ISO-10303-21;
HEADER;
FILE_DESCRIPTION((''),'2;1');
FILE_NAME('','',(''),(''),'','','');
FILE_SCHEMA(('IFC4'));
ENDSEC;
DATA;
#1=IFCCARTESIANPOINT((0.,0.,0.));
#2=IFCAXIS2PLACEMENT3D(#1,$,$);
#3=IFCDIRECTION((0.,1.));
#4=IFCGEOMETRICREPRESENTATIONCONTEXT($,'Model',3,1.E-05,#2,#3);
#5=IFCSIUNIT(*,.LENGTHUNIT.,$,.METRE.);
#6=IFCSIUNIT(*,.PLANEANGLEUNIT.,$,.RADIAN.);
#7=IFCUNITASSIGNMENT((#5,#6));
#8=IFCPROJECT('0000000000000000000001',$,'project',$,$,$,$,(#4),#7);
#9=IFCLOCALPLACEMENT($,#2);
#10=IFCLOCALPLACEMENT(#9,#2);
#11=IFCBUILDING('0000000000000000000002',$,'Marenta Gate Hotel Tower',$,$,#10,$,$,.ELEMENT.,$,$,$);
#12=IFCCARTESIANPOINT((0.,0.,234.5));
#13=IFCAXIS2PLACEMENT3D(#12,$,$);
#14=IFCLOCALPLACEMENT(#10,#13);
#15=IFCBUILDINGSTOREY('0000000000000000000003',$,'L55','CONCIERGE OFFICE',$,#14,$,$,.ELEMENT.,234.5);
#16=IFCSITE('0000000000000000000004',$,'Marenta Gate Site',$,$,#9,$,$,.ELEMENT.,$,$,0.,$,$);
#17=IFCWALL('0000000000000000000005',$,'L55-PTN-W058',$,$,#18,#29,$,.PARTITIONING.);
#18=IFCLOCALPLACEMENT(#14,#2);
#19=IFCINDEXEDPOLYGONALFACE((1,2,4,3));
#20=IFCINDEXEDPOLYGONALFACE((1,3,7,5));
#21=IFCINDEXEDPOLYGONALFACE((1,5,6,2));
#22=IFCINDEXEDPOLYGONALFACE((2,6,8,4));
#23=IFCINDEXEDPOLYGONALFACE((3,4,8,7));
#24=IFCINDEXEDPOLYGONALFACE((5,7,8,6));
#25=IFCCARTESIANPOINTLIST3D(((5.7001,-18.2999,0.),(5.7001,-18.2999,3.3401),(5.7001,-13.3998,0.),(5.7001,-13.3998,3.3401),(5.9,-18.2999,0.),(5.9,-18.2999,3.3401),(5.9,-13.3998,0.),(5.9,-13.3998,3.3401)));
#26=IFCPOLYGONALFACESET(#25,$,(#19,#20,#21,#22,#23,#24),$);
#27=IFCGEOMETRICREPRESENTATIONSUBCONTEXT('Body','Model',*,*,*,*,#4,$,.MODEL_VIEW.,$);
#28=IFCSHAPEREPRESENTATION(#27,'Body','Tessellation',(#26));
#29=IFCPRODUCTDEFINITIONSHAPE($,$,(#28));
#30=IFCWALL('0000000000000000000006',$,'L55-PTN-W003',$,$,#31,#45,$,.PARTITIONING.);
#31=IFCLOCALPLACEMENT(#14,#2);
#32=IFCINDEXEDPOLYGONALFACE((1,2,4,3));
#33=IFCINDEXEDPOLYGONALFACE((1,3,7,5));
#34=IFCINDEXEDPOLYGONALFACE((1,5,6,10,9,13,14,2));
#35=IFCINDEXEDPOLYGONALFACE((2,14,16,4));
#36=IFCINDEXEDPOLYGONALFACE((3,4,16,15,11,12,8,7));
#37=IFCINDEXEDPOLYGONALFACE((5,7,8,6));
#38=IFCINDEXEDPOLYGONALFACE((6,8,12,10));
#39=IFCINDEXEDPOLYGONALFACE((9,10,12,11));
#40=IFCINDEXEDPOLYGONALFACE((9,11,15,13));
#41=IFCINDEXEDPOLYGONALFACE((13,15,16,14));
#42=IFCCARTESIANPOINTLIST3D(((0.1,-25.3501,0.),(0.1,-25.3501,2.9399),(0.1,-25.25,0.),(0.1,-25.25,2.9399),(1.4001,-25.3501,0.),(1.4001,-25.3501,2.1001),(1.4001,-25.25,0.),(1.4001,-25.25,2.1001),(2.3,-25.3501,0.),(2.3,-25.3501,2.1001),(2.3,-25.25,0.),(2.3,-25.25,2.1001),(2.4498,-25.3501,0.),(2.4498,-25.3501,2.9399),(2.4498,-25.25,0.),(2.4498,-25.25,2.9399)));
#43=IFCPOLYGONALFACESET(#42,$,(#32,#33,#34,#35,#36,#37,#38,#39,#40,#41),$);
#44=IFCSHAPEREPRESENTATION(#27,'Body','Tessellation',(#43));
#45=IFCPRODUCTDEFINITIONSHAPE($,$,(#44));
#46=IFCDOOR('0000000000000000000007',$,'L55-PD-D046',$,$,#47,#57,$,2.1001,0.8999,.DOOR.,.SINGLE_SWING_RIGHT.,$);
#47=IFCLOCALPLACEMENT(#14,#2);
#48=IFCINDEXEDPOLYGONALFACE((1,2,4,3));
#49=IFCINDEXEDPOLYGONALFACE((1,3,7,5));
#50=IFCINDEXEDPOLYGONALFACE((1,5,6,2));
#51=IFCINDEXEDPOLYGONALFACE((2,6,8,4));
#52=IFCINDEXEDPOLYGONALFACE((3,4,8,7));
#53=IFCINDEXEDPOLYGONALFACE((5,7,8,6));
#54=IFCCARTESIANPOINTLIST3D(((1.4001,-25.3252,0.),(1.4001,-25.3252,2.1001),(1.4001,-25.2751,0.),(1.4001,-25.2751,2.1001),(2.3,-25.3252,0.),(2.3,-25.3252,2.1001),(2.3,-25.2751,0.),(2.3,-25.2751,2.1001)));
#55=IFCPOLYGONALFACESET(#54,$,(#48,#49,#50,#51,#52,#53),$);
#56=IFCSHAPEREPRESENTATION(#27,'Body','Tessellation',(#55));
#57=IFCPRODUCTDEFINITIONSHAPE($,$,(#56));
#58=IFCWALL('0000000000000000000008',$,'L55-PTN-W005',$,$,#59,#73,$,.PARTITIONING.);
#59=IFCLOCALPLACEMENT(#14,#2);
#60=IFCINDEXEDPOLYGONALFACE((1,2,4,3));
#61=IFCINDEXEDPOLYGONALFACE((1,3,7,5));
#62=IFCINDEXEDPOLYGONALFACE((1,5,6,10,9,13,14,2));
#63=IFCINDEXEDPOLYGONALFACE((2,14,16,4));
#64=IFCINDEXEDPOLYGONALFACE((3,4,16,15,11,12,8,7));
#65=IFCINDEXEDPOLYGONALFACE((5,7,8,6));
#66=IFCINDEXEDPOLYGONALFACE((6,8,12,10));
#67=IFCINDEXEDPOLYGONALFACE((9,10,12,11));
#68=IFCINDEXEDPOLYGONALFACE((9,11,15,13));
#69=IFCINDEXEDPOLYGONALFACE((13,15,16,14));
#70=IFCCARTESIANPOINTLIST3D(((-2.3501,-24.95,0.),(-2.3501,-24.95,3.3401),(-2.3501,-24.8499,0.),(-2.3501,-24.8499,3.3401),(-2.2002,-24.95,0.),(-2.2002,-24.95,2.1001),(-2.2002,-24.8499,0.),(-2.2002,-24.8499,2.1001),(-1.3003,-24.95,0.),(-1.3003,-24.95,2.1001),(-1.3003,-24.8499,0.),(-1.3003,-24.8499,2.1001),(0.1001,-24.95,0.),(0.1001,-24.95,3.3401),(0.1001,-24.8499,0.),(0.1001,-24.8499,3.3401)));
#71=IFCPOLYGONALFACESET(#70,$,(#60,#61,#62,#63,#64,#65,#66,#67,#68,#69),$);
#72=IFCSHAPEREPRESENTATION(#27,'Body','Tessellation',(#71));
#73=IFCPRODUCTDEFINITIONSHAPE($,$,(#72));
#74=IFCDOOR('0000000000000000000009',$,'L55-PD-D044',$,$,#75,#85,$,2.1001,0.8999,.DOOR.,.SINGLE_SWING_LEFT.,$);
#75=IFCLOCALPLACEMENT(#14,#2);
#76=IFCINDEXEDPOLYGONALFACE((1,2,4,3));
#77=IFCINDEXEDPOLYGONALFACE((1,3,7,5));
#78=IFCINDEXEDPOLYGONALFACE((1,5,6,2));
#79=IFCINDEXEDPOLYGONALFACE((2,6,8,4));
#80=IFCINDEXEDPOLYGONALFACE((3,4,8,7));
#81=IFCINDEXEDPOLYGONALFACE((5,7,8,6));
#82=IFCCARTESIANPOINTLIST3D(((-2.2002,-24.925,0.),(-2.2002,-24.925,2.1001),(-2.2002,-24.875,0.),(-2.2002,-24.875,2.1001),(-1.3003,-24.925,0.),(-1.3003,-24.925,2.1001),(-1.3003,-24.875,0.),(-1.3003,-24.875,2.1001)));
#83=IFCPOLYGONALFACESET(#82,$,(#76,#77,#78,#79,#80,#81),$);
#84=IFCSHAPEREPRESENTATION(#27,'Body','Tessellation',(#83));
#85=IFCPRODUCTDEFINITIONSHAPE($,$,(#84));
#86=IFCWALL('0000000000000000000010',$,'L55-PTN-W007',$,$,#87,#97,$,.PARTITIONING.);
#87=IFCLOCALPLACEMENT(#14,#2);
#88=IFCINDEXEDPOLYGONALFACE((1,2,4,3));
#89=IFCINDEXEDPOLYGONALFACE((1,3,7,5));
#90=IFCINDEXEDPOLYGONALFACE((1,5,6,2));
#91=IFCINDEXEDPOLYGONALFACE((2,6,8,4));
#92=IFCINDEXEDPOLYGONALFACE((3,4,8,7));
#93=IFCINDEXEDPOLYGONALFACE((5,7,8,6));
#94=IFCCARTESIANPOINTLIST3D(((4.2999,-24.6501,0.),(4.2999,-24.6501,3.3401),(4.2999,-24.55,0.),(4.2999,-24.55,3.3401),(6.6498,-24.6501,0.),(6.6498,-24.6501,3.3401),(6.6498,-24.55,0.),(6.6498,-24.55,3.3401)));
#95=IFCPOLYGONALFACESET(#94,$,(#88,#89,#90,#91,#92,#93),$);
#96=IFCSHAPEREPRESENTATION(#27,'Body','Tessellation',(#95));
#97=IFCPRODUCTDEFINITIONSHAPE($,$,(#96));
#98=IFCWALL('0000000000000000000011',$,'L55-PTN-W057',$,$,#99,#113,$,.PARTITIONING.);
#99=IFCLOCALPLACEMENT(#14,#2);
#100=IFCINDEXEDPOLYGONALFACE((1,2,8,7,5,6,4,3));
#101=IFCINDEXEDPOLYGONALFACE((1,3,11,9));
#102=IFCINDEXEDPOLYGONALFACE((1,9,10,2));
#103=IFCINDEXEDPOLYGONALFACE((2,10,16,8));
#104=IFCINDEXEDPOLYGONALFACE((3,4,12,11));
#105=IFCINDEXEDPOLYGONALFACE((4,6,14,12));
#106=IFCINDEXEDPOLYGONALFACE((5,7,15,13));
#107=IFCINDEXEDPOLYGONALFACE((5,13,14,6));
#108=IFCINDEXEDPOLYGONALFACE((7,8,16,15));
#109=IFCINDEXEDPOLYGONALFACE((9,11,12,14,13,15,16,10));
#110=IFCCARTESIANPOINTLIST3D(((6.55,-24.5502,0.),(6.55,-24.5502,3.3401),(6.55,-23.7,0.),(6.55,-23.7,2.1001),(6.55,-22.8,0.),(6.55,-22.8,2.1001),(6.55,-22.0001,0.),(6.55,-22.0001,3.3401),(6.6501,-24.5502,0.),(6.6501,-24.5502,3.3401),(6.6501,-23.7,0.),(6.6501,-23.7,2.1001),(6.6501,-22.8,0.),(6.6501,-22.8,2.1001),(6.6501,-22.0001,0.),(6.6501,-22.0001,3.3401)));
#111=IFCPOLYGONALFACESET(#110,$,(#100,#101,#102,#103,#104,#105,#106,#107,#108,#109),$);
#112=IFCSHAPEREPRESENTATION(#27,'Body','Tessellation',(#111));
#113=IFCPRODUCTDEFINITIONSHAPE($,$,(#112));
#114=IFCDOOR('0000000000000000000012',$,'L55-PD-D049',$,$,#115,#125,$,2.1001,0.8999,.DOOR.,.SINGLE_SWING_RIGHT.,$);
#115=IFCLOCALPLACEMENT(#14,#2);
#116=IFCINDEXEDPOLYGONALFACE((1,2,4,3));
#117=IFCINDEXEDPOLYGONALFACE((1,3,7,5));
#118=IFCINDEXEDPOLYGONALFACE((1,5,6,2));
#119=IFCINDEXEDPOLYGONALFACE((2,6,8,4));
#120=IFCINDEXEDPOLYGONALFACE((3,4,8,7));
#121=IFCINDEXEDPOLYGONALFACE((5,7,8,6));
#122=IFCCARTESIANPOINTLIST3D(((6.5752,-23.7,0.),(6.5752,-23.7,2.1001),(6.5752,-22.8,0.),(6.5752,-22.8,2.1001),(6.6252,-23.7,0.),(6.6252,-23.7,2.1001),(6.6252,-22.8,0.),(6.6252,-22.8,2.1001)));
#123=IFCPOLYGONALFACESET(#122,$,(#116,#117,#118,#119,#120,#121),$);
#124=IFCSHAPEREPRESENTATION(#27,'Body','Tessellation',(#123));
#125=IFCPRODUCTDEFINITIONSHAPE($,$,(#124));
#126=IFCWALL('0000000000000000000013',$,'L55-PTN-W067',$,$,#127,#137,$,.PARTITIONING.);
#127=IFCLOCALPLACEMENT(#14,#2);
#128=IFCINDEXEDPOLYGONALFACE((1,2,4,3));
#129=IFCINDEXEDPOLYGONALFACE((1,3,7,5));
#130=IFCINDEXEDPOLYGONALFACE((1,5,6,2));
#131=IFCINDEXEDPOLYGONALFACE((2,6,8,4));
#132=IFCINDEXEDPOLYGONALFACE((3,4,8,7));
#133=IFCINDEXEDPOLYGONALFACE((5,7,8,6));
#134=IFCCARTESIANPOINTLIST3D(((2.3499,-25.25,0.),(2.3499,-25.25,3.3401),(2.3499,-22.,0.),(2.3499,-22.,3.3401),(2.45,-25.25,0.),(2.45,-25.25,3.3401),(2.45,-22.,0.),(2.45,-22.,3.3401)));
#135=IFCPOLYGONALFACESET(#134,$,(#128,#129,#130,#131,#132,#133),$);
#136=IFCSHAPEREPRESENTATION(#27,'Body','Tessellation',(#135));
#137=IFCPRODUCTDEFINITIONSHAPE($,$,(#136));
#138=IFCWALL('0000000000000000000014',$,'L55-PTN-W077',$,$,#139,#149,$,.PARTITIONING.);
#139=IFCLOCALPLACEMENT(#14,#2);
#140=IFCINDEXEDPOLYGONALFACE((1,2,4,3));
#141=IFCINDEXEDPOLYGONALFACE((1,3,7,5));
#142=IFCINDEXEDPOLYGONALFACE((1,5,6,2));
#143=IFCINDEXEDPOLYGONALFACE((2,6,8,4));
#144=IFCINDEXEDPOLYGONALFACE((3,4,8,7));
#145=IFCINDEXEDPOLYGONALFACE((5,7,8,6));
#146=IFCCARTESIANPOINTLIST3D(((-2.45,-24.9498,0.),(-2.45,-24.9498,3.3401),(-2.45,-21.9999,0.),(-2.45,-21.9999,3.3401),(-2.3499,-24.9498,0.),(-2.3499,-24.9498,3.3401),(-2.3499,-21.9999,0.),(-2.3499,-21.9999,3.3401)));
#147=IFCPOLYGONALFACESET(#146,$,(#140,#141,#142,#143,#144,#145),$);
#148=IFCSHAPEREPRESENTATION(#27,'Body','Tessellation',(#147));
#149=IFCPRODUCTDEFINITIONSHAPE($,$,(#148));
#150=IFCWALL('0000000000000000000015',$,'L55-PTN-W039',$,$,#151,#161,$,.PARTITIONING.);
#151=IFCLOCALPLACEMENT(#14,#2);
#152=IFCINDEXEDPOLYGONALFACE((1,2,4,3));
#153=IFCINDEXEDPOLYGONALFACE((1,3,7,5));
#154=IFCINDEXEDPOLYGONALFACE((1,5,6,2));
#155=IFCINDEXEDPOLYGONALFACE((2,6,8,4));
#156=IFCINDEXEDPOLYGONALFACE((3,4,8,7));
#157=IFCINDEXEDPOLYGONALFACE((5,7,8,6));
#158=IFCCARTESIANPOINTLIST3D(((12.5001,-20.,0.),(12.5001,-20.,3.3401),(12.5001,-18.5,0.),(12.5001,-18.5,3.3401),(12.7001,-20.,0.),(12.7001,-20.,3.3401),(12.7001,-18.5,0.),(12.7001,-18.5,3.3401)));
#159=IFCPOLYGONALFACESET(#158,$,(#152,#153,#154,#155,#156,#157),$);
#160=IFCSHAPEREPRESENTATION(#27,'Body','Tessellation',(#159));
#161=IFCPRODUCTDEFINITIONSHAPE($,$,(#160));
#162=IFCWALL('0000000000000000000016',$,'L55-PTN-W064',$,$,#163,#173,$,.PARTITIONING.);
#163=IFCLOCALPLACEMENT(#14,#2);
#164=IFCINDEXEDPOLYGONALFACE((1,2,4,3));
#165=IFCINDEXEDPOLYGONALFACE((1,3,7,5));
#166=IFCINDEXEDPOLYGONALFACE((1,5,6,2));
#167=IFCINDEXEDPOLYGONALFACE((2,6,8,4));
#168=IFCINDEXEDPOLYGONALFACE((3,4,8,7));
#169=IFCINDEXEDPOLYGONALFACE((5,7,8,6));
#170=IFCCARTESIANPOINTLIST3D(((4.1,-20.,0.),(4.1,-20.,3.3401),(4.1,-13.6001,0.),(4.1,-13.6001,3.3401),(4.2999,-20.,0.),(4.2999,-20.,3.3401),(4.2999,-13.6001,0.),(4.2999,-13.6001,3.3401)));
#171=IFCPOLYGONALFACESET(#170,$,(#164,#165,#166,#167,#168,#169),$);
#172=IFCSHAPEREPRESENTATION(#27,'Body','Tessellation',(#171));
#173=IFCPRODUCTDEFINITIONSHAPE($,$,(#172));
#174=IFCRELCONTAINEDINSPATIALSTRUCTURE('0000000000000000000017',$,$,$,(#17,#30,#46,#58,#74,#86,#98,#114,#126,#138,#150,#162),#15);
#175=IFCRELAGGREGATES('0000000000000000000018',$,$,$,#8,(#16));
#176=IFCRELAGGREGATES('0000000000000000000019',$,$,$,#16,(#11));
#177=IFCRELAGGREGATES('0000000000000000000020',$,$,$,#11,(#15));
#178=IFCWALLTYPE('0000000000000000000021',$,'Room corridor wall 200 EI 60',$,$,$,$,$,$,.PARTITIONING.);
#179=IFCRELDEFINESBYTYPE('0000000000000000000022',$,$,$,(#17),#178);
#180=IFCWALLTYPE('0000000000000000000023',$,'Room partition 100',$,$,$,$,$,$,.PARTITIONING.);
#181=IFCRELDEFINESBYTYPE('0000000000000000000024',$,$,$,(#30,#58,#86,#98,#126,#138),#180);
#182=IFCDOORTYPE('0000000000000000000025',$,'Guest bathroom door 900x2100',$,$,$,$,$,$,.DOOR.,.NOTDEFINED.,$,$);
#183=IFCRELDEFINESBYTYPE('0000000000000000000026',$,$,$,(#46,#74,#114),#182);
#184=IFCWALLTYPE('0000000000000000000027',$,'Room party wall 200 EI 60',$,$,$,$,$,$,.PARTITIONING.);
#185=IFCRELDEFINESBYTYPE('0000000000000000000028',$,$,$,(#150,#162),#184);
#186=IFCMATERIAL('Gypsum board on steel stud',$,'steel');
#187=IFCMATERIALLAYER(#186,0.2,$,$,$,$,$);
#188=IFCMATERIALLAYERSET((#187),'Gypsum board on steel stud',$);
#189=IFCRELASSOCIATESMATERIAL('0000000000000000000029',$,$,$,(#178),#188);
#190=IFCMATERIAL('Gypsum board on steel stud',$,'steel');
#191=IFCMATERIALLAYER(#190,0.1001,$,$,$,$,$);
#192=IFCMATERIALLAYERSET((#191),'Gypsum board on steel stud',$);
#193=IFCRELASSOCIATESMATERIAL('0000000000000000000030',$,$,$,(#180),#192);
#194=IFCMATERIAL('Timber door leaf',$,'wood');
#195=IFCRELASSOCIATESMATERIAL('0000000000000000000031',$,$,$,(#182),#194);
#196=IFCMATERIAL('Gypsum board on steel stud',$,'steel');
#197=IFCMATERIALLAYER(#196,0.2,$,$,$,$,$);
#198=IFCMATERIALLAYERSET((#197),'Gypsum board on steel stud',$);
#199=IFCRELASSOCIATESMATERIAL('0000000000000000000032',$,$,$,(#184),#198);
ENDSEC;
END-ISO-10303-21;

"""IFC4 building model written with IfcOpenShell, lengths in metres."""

from ifc_helpers import new_model, si_unit, direction, frame, frame_2d, origin, place, context, subcontext, project, spatial, rectangle, extrude, material, layer, layer_set, type_object, element, fill, save


model = new_model("IFC4")

# Units and contexts
model_context = context("Model", 3, precision=1e-05, world=origin(), true_north=direction((0.0, 1.0)))
body_context = subcontext(model_context, "Body", "Model", "MODEL_VIEW")
ifc_project = project(units=[si_unit("LENGTHUNIT", "METRE"), si_unit("PLANEANGLEUNIT", "RADIAN")], contexts=[model_context])

# Site, building, storey
site_placement = place(None, origin())
site = spatial("IfcSite", under=ifc_project, at=site_placement, Name="Marenta Gate Site", CompositionType="ELEMENT", RefElevation=0.0)
building_placement = place(site_placement, origin())
building = spatial("IfcBuilding", under=site, at=building_placement, Name="Marenta Gate Hotel Tower", CompositionType="ELEMENT")
storey_placement = place(building_placement, frame((0.0, 0.0, 234.5)))
storey = spatial("IfcBuildingStorey", under=building, at=storey_placement, Name="L55", Description="CONCIERGE OFFICE", CompositionType="ELEMENT", Elevation=234.5)

# Shared definitions
ifc_material_1 = material(Name="Gypsum board on steel stud", Category="steel")
ifc_layer_1 = layer(ifc_material_1, 0.2)
ifc_layer_set_1 = layer_set([ifc_layer_1], Name="Gypsum board on steel stud")
wall_type_1 = type_object("IfcWallType", Name="Room corridor wall 200 EI 60", PredefinedType="PARTITIONING", material=ifc_layer_set_1)

# Wall
wall_1_placement = place(storey_placement, frame((5.8, -18.3, 0.0), z_axis=(0.0, 0.0, 1.0), x_axis=(0.0, 1.0, 0.0)))
element("IfcWall", 1, at=wall_1_placement, inside=storey, type_object=wall_type_1, Name="L55-PTN-W058", PredefinedType="PARTITIONING", context=body_context, shape_type="SweptSolid", body=[
    extrude(rectangle(XDim=4.9001, YDim=0.2, at=frame_2d((2.4502, 0.0))), origin(), (0.0, 0.0, 1.0), 3.3401),
])

# Walls, openings, doors
ifc_material_2 = material(Name="Gypsum board on steel stud", Category="steel")
ifc_layer_2 = layer(ifc_material_2, 0.1001)
ifc_layer_set_2 = layer_set([ifc_layer_2], Name="Gypsum board on steel stud")
wall_type_2 = type_object("IfcWallType", Name="Room partition 100", PredefinedType="PARTITIONING", material=ifc_layer_set_2)
wall_2_placement = place(storey_placement, frame((0.1001, -25.3, 0.0), z_axis=(0.0, 0.0, 1.0), x_axis=(1.0, 0.0, 0.0)))
wall_2 = element("IfcWall", 2, at=wall_2_placement, inside=storey, type_object=wall_type_2, Name="L55-PTN-W003", PredefinedType="PARTITIONING", context=body_context, shape_type="SweptSolid", body=[
    extrude(rectangle(XDim=2.3499, YDim=0.1001, at=frame_2d((1.1748, 0.0))), origin(), (0.0, 0.0, 1.0), 2.9399),
])
opening_1_placement = place(wall_2_placement, frame((1.3, 0.0, 0.0)))
opening_1 = element("IfcOpeningElement", 3, at=opening_1_placement, cuts=wall_2, PredefinedType="OPENING", context=body_context, shape_type="SweptSolid", body=[
    extrude(rectangle(XDim=0.8999, YDim=2.1001, at=frame_2d((0.45, 1.05))), frame((0.0, 0.05, 0.0), z_axis=(0.0, -1.0, 0.0), x_axis=(1.0, 0.0, 0.0)), (0.0, 0.0, 1.0), 0.1001),
])
ifc_material_3 = material(Name="Timber door leaf", Category="wood")
door_type_1 = type_object("IfcDoorType", Name="Guest bathroom door 900x2100", OperationType="NOTDEFINED", PredefinedType="DOOR", material=ifc_material_3)
door_1_placement = place(opening_1_placement, origin())
door_1 = element("IfcDoor", 4, at=door_1_placement, inside=storey, type_object=door_type_1, Name="L55-PD-D046", OperationType="SINGLE_SWING_RIGHT", OverallHeight=2.1001, OverallWidth=0.8999, PredefinedType="DOOR", context=body_context, shape_type="SweptSolid", body=[
    extrude(rectangle(XDim=0.8999, YDim=2.1001, at=frame_2d((0.45, 1.05))), frame((0.0, 0.0249, 0.0), z_axis=(0.0, -1.0, 0.0), x_axis=(1.0, 0.0, 0.0)), (0.0, 0.0, 1.0), 0.05),
])
fill(opening_1, door_1)
wall_3_placement = place(storey_placement, frame((-2.3501, -24.8999, 0.0), z_axis=(0.0, 0.0, 1.0), x_axis=(1.0, 0.0, 0.0)))
wall_3 = element("IfcWall", 5, at=wall_3_placement, inside=storey, type_object=wall_type_2, Name="L55-PTN-W005", PredefinedType="PARTITIONING", context=body_context, shape_type="SweptSolid", body=[
    extrude(rectangle(XDim=2.4502, YDim=0.1001, at=frame_2d((1.2251, 0.0))), origin(), (0.0, 0.0, 1.0), 3.3401),
])
opening_2_placement = place(wall_3_placement, frame((0.1499, 0.0, 0.0)))
opening_2 = element("IfcOpeningElement", 6, at=opening_2_placement, cuts=wall_3, PredefinedType="OPENING", context=body_context, shape_type="SweptSolid", body=[
    extrude(rectangle(XDim=0.8999, YDim=2.1001, at=frame_2d((0.45, 1.05))), frame((0.0, 0.05, 0.0), z_axis=(0.0, -1.0, 0.0), x_axis=(1.0, 0.0, 0.0)), (0.0, 0.0, 1.0), 0.1001),
])
door_2_placement = place(opening_2_placement, origin())
door_2 = element("IfcDoor", 7, at=door_2_placement, inside=storey, type_object=door_type_1, Name="L55-PD-D044", OperationType="SINGLE_SWING_LEFT", OverallHeight=2.1001, OverallWidth=0.8999, PredefinedType="DOOR", context=body_context, shape_type="SweptSolid", body=[
    extrude(rectangle(XDim=0.8999, YDim=2.1001, at=frame_2d((0.45, 1.05))), frame((0.0, 0.0249, 0.0), z_axis=(0.0, -1.0, 0.0), x_axis=(1.0, 0.0, 0.0)), (0.0, 0.0, 1.0), 0.05),
])
fill(opening_2, door_2)

# Wall
wall_4_placement = place(storey_placement, frame((4.3, -24.6001, 0.0), z_axis=(0.0, 0.0, 1.0), x_axis=(1.0, 0.0, 0.0)))
element("IfcWall", 8, at=wall_4_placement, inside=storey, type_object=wall_type_2, Name="L55-PTN-W007", PredefinedType="PARTITIONING", context=body_context, shape_type="SweptSolid", body=[
    extrude(rectangle(XDim=2.3499, YDim=0.1001, at=frame_2d((1.1748, 0.0))), origin(), (0.0, 0.0, 1.0), 3.3401),
])

# Wall, opening, door
wall_5_placement = place(storey_placement, frame((6.6001, -24.55, 0.0), z_axis=(0.0, 0.0, 1.0), x_axis=(0.0, 1.0, 0.0)))
wall_5 = element("IfcWall", 9, at=wall_5_placement, inside=storey, type_object=wall_type_2, Name="L55-PTN-W057", PredefinedType="PARTITIONING", context=body_context, shape_type="SweptSolid", body=[
    extrude(rectangle(XDim=2.55, YDim=0.1001, at=frame_2d((1.2749, 0.0))), origin(), (0.0, 0.0, 1.0), 3.3401),
])
opening_3_placement = place(wall_5_placement, frame((0.8501, 0.0, 0.0)))
opening_3 = element("IfcOpeningElement", 10, at=opening_3_placement, cuts=wall_5, PredefinedType="OPENING", context=body_context, shape_type="SweptSolid", body=[
    extrude(rectangle(XDim=0.8999, YDim=2.1001, at=frame_2d((0.45, 1.05))), frame((0.0, 0.05, 0.0), z_axis=(0.0, -1.0, 0.0), x_axis=(1.0, 0.0, 0.0)), (0.0, 0.0, 1.0), 0.1001),
])
door_3_placement = place(opening_3_placement, origin())
door_3 = element("IfcDoor", 11, at=door_3_placement, inside=storey, type_object=door_type_1, Name="L55-PD-D049", OperationType="SINGLE_SWING_RIGHT", OverallHeight=2.1001, OverallWidth=0.8999, PredefinedType="DOOR", context=body_context, shape_type="SweptSolid", body=[
    extrude(rectangle(XDim=0.8999, YDim=2.1001, at=frame_2d((0.45, 1.05))), frame((0.0, 0.0249, 0.0), z_axis=(0.0, -1.0, 0.0), x_axis=(1.0, 0.0, 0.0)), (0.0, 0.0, 1.0), 0.05),
])
fill(opening_3, door_3)

# Walls
wall_6_placement = place(storey_placement, frame((2.3999, -25.25, 0.0), z_axis=(0.0, 0.0, 1.0), x_axis=(0.0, 1.0, 0.0)))
element("IfcWall", 12, at=wall_6_placement, inside=storey, type_object=wall_type_2, Name="L55-PTN-W067", PredefinedType="PARTITIONING", context=body_context, shape_type="SweptSolid", body=[
    extrude(rectangle(XDim=3.25, YDim=0.1001, at=frame_2d((1.625, 0.0))), origin(), (0.0, 0.0, 1.0), 3.3401),
])
wall_7_placement = place(storey_placement, frame((-2.3999, -24.95, 0.0), z_axis=(0.0, 0.0, 1.0), x_axis=(0.0, 1.0, 0.0)))
element("IfcWall", 13, at=wall_7_placement, inside=storey, type_object=wall_type_2, Name="L55-PTN-W077", PredefinedType="PARTITIONING", context=body_context, shape_type="SweptSolid", body=[
    extrude(rectangle(XDim=2.95, YDim=0.1001, at=frame_2d((1.4751, 0.0))), origin(), (0.0, 0.0, 1.0), 3.3401),
])
ifc_material_4 = material(Name="Gypsum board on steel stud", Category="steel")
ifc_layer_3 = layer(ifc_material_4, 0.2)
ifc_layer_set_3 = layer_set([ifc_layer_3], Name="Gypsum board on steel stud")
wall_type_3 = type_object("IfcWallType", Name="Room party wall 200 EI 60", PredefinedType="PARTITIONING", material=ifc_layer_set_3)
wall_8_placement = place(storey_placement, frame((12.6001, -20.0, 0.0), z_axis=(0.0, 0.0, 1.0), x_axis=(0.0, 1.0, 0.0)))
element("IfcWall", 14, at=wall_8_placement, inside=storey, type_object=wall_type_3, Name="L55-PTN-W039", PredefinedType="PARTITIONING", context=body_context, shape_type="SweptSolid", body=[
    extrude(rectangle(XDim=1.5, YDim=0.2, at=frame_2d((0.75, 0.0))), origin(), (0.0, 0.0, 1.0), 3.3401),
])
for number, where, z_axis, x_axis, name in (
    (15, (4.2, -20.0, 0.0), (0.0, 0.0, 1.0), (0.0, 1.0, 0.0), "L55-PTN-W064"),
):
    element("IfcWall", number, at=place(storey_placement, frame(where, z_axis=z_axis, x_axis=x_axis)), inside=storey, type_object=wall_type_3, Name=name, PredefinedType="PARTITIONING", context=body_context, shape_type="SweptSolid", body=[
        extrude(rectangle(XDim=6.3999, YDim=0.2, at=frame_2d((3.2, 0.0))), origin(), (0.0, 0.0, 1.0), 3.3401),
    ])

save(model, "model.ifc")
